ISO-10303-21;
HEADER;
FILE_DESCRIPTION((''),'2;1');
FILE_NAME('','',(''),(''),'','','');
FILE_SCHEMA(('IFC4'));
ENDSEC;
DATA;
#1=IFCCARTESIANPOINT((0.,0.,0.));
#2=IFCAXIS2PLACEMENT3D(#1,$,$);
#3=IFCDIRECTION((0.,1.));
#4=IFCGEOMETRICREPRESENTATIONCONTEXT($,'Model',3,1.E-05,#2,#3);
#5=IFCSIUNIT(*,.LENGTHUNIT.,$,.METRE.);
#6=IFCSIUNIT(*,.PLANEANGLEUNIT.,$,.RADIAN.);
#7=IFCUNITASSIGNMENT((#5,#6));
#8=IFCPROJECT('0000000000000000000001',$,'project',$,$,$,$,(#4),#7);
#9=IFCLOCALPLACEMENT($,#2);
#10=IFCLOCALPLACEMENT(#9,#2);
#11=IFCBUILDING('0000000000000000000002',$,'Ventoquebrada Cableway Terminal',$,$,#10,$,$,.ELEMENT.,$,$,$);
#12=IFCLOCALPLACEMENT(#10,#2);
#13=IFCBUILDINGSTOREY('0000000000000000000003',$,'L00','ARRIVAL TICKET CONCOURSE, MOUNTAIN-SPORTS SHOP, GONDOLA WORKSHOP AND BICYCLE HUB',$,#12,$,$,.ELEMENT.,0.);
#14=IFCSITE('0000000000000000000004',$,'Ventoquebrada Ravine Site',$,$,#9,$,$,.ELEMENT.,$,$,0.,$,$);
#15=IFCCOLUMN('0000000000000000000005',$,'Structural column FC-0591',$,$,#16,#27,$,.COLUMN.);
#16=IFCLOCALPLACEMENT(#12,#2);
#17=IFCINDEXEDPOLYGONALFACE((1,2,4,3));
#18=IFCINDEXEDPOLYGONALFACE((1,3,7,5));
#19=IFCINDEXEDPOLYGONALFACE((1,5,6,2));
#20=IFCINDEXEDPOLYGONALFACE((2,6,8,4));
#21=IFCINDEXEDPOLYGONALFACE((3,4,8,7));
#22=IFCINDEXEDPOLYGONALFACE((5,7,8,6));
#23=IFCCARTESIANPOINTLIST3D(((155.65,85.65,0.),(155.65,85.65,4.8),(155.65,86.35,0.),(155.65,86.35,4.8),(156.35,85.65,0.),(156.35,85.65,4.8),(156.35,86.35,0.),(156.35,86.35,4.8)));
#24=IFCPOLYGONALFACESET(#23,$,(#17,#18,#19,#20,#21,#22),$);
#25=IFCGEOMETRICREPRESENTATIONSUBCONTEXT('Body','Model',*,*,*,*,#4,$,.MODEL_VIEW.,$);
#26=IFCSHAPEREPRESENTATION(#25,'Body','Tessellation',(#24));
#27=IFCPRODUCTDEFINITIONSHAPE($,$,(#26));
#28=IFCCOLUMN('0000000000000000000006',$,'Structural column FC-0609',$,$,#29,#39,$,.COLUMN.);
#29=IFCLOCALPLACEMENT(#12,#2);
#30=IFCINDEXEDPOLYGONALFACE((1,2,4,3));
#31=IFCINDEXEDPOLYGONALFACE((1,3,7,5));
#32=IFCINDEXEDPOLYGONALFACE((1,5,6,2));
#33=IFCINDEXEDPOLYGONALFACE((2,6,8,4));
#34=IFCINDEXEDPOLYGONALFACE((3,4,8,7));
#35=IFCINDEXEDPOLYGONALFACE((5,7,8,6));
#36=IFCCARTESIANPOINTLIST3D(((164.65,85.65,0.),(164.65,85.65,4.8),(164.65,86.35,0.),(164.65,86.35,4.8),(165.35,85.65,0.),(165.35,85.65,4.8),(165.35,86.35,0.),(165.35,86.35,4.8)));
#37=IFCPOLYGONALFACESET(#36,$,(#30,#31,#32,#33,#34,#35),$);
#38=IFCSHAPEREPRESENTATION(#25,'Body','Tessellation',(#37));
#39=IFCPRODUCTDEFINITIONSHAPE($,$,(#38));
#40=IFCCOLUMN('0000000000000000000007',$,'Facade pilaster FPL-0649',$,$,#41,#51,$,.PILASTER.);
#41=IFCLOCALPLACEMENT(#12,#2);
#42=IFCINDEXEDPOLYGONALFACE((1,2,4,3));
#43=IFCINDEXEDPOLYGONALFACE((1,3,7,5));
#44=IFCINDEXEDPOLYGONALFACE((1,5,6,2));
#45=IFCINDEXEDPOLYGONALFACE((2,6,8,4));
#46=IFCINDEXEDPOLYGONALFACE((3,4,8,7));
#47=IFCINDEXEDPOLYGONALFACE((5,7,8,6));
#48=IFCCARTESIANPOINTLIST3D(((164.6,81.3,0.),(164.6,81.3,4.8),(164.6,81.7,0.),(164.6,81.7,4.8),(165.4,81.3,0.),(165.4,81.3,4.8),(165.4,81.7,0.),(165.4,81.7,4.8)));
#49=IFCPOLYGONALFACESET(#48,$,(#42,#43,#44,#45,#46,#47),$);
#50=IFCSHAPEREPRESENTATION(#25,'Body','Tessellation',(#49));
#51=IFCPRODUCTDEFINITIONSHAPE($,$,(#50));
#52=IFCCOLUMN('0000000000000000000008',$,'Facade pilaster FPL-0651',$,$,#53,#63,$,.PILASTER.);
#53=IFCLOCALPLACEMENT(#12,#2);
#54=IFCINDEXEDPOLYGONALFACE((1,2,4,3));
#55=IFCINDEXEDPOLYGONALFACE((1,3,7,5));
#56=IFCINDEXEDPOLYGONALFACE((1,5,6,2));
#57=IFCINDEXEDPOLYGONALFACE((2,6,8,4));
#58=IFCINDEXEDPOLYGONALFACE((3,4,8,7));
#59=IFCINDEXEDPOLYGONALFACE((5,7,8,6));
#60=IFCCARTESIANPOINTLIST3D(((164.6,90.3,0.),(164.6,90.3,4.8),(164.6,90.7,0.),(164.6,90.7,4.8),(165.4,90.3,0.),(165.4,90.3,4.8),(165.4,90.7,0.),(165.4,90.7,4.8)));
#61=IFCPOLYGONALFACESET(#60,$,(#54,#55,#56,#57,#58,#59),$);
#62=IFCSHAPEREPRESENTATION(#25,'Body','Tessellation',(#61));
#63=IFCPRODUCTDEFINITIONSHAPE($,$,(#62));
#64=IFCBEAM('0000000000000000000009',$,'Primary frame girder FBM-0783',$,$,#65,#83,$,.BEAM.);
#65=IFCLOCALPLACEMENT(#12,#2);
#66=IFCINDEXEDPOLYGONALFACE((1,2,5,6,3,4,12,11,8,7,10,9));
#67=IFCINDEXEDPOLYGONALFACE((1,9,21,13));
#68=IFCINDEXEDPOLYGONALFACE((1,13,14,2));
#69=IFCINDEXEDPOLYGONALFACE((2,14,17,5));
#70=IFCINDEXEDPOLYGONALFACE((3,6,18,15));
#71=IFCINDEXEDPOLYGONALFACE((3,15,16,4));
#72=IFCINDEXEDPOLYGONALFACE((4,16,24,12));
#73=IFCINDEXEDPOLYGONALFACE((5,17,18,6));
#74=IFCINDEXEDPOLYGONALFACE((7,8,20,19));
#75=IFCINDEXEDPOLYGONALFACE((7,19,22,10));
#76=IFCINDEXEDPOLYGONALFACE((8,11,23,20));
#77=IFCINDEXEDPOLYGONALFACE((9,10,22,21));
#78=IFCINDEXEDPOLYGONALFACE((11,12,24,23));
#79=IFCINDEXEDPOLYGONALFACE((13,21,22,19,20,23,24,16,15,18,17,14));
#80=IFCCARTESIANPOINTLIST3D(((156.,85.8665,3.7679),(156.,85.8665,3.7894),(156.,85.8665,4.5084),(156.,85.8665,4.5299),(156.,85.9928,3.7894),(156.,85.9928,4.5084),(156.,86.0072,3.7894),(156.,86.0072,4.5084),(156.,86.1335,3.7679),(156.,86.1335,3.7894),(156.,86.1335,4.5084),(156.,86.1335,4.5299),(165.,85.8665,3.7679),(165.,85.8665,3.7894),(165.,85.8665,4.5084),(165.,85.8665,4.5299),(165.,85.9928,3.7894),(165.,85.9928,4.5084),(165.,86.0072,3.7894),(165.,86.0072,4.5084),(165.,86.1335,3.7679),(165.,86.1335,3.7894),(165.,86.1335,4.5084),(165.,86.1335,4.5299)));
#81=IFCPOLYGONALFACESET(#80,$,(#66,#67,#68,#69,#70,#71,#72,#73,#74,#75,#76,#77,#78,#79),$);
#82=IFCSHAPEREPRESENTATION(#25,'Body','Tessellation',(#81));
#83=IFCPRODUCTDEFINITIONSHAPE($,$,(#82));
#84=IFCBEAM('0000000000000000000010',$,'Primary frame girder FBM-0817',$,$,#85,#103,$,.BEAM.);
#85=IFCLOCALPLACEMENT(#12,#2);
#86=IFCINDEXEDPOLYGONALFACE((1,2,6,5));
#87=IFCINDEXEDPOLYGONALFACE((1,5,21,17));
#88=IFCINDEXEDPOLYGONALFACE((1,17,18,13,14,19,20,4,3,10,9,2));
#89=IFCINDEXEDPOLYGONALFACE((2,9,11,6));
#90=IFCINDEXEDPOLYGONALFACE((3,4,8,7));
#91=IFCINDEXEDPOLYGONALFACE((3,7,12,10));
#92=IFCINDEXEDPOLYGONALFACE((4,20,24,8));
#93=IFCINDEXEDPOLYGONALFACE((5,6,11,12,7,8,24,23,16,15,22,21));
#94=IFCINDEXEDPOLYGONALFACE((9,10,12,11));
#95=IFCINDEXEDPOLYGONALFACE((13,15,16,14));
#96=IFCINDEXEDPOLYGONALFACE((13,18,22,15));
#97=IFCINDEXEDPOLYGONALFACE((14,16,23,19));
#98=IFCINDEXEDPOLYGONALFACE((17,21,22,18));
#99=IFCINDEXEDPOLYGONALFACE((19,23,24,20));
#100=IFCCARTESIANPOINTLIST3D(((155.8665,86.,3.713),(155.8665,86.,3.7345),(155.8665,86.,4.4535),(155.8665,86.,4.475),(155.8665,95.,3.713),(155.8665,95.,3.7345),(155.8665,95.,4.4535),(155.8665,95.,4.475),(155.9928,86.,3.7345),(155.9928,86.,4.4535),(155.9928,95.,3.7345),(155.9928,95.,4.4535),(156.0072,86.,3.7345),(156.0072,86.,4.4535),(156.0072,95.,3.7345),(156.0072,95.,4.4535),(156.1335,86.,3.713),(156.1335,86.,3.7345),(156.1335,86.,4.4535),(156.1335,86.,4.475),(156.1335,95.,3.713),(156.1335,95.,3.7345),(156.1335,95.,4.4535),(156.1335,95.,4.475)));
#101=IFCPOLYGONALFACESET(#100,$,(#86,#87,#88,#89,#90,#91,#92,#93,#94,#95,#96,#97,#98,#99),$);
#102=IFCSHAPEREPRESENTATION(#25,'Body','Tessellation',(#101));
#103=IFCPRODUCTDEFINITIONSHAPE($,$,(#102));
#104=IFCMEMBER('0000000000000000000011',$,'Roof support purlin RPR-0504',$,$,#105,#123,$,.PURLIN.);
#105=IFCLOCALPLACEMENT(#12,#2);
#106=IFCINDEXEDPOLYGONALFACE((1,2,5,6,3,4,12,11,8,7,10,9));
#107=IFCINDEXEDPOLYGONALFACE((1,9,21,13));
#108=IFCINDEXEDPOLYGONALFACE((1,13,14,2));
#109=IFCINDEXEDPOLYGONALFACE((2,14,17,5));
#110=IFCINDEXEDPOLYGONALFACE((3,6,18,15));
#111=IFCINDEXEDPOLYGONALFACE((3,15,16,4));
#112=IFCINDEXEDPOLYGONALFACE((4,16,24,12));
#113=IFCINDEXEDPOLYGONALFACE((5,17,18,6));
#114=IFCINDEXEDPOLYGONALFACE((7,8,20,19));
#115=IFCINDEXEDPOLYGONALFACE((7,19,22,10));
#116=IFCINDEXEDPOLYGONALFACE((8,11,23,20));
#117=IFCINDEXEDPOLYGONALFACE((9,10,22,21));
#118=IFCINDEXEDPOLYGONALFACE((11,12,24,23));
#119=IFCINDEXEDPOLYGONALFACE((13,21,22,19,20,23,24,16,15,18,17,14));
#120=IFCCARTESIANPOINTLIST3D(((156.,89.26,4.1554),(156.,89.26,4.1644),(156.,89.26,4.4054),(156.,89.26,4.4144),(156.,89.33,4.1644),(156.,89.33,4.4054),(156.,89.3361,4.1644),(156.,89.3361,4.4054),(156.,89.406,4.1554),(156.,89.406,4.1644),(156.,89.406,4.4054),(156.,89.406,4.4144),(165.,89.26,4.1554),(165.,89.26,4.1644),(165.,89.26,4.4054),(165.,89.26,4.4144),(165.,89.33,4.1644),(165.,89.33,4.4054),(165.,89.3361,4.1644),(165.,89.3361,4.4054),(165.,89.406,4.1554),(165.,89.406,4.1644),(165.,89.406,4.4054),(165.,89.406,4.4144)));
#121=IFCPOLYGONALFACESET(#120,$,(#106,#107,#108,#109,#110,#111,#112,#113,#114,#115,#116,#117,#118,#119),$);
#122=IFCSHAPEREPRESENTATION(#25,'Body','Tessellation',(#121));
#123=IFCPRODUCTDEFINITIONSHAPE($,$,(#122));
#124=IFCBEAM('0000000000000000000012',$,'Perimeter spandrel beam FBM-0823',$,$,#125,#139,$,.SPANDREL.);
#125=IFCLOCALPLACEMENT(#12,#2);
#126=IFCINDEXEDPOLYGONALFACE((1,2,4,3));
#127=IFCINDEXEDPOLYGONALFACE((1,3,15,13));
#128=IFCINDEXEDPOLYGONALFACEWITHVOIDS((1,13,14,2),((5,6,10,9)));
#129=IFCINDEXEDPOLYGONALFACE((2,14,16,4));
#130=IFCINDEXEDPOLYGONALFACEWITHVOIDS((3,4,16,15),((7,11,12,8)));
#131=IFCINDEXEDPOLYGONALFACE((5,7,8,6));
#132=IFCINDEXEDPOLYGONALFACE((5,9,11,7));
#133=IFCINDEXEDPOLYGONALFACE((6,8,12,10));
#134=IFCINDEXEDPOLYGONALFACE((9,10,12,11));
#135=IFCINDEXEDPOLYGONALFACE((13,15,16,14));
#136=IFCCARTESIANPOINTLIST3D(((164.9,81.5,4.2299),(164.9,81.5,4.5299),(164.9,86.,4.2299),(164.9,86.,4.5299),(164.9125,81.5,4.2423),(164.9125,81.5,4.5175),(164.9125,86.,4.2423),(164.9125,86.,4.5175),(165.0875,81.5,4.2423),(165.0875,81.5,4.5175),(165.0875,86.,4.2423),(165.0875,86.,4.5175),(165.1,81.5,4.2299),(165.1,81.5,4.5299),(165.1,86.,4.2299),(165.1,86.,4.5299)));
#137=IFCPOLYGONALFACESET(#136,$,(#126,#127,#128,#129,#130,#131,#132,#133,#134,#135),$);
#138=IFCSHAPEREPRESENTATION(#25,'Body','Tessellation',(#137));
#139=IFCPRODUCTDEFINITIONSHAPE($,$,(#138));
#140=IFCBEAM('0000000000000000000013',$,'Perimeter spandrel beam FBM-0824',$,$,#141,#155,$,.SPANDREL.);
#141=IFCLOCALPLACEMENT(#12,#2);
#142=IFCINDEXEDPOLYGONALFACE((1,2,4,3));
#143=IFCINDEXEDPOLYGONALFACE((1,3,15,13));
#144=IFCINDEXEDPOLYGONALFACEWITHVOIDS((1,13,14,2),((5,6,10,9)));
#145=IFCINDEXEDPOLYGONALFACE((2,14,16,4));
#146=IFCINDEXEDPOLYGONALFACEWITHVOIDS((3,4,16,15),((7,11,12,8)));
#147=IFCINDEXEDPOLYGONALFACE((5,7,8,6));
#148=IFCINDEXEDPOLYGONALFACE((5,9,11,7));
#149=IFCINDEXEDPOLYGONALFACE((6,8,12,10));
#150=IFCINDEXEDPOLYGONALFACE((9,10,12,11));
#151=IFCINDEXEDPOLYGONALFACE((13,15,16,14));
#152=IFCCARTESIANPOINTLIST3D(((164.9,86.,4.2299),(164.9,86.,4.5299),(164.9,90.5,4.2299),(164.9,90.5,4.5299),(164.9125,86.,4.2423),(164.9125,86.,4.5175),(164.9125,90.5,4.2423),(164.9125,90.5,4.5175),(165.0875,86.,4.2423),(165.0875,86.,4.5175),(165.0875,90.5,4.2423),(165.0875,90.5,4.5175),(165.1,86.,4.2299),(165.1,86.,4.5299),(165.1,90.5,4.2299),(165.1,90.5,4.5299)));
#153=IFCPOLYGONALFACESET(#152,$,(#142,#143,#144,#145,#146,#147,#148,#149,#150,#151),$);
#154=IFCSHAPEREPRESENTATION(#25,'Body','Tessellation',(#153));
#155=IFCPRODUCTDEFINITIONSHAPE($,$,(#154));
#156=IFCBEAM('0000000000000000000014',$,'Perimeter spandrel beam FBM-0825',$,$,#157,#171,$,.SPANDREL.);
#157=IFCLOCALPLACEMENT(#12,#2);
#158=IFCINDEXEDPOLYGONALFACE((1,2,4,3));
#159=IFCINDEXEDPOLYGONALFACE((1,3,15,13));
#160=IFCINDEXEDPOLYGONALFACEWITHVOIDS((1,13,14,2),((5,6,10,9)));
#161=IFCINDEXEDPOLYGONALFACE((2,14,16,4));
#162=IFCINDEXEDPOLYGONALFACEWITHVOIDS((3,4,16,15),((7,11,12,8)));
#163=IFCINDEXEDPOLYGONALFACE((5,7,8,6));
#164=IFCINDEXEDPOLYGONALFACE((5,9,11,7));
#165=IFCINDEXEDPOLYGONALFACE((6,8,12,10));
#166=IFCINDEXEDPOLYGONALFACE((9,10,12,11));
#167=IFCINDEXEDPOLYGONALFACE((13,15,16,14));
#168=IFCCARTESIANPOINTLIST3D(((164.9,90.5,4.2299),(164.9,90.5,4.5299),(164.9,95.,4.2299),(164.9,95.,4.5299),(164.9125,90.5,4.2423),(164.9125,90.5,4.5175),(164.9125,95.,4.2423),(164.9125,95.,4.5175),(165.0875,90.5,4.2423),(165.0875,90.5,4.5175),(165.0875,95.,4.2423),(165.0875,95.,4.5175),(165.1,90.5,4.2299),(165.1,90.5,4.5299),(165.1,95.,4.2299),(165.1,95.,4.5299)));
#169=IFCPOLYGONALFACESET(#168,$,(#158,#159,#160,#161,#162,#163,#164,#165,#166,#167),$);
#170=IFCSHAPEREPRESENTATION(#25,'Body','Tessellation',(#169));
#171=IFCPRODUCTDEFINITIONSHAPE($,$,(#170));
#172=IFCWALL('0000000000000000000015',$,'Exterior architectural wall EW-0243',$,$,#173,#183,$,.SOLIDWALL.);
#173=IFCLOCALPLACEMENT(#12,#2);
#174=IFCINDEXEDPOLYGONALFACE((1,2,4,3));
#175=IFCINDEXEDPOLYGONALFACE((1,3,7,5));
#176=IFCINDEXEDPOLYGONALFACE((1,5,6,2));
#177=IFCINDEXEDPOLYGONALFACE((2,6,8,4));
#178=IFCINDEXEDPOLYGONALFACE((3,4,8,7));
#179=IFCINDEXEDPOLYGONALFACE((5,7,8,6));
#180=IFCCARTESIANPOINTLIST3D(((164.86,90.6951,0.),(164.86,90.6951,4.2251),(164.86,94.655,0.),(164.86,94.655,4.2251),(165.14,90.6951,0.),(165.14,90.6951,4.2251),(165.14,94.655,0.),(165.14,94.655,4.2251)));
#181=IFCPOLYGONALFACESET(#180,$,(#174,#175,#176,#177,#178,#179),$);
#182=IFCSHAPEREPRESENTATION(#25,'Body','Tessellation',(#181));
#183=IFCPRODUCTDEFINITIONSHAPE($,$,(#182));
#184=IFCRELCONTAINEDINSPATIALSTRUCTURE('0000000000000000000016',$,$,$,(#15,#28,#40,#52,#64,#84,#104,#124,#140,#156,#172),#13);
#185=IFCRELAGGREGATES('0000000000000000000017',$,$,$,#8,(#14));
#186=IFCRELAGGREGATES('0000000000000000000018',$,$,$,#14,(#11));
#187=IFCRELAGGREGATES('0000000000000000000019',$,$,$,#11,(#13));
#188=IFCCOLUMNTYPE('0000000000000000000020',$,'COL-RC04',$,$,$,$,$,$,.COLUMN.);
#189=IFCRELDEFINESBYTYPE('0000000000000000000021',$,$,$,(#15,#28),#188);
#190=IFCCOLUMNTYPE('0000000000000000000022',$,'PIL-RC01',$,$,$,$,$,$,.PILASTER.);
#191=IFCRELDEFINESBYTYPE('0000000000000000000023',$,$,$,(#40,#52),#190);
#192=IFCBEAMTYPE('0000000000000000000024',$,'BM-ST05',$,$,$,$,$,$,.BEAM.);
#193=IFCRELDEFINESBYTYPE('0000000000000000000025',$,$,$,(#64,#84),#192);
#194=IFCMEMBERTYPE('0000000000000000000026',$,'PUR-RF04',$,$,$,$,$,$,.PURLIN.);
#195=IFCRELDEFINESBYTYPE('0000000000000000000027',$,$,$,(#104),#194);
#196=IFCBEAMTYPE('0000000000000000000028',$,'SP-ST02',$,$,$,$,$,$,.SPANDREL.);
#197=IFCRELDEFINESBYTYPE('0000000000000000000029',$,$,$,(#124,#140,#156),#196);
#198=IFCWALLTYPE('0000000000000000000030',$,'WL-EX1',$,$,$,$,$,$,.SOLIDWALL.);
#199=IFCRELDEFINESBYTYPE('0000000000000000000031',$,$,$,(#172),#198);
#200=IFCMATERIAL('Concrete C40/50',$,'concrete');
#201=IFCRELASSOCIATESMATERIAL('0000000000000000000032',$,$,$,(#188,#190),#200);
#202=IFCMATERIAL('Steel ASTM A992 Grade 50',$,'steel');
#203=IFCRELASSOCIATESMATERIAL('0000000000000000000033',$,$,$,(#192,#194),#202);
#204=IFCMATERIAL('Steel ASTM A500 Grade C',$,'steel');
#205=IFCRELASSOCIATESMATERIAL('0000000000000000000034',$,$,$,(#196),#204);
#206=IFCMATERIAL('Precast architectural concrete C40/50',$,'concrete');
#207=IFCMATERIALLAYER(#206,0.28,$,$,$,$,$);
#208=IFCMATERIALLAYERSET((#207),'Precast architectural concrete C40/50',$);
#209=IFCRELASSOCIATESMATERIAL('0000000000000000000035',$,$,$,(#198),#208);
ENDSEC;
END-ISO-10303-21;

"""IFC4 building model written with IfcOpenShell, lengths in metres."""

from ifc_helpers import new_model, si_unit, direction, frame, frame_2d, origin, origin_2d, place, context, subcontext, project, spatial, rectangle, hollow_rectangle, i_section, extrude, material, layer, layer_set, material_profile, profile_set, type_object, element, save


model = new_model("IFC4")

# Units and contexts
model_context = context("Model", 3, precision=1e-05, world=origin(), true_north=direction((0.0, 1.0)))
body_context = subcontext(model_context, "Body", "Model", "MODEL_VIEW")
ifc_project = project(units=[si_unit("LENGTHUNIT", "METRE"), si_unit("PLANEANGLEUNIT", "RADIAN")], contexts=[model_context])

# Site, building, storey
site_placement = place(None, origin())
site = spatial("IfcSite", under=ifc_project, at=site_placement, Name="Ventoquebrada Ravine Site", CompositionType="ELEMENT", RefElevation=0.0)
building_placement = place(site_placement, origin())
building = spatial("IfcBuilding", under=site, at=building_placement, Name="Ventoquebrada Cableway Terminal", CompositionType="ELEMENT")
storey_placement = place(building_placement, origin())
storey = spatial("IfcBuildingStorey", under=building, at=storey_placement, Name="L00", Description="ARRIVAL TICKET CONCOURSE, MOUNTAIN-SPORTS SHOP, GONDOLA WORKSHOP AND BICYCLE HUB", CompositionType="ELEMENT", Elevation=0.0)

# Columns
ifc_material_1 = material(Name="Concrete C40/50", Category="concrete")
ifc_material_profile_1 = material_profile(ifc_material_1, rectangle(XDim=0.7, YDim=0.7, at=origin_2d()), Name="RC-COL-700X700")
ifc_profile_set_1 = profile_set([ifc_material_profile_1], Name="Concrete C40/50")
column_type_1 = type_object("IfcColumnType", Name="COL-RC04", PredefinedType="COLUMN", material=ifc_profile_set_1)
for number, where, z_axis, x_axis, name in (
    (1, (156.0, 86.0, 0.0), (0.0, 0.0, 1.0), (1.0, 0.0, 0.0), "Structural column FC-0591"),
    (2, (165.0, 86.0, 0.0), (0.0, 0.0, 1.0), (1.0, 0.0, 0.0), "Structural column FC-0609"),
):
    element("IfcColumn", number, at=place(storey_placement, frame(where, z_axis=z_axis, x_axis=x_axis)), inside=storey, type_object=column_type_1, Name=name, PredefinedType="COLUMN", context=body_context, shape_type="SweptSolid", body=[
        extrude(rectangle(XDim=0.7, YDim=0.7, at=origin_2d()), origin(), (0.0, 0.0, 1.0), 4.8),
    ])
ifc_material_profile_2 = material_profile(ifc_material_1, rectangle(XDim=0.3999, YDim=0.8, at=origin_2d()), Name="RC-PIL-400X800")
ifc_profile_set_2 = profile_set([ifc_material_profile_2], Name="Concrete C40/50")
column_type_2 = type_object("IfcColumnType", Name="PIL-RC01", PredefinedType="PILASTER", material=ifc_profile_set_2)
for number, where, z_axis, x_axis, name in (
    (3, (165.0, 81.5, 0.0), (0.0, 0.0, 1.0), (0.0, 1.0, 0.0), "Facade pilaster FPL-0649"),
    (4, (165.0, 90.5, 0.0), (0.0, 0.0, 1.0), (0.0, 1.0, 0.0), "Facade pilaster FPL-0651"),
):
    element("IfcColumn", number, at=place(storey_placement, frame(where, z_axis=z_axis, x_axis=x_axis)), inside=storey, type_object=column_type_2, Name=name, PredefinedType="PILASTER", context=body_context, shape_type="SweptSolid", body=[
        extrude(rectangle(XDim=0.3999, YDim=0.8, at=origin_2d()), origin(), (0.0, 0.0, 1.0), 4.8),
    ])

# Beams
ifc_material_2 = material(Name="Steel ASTM A992 Grade 50", Category="steel")
ifc_material_profile_3 = material_profile(ifc_material_2, i_section(OverallWidth=0.2671, OverallDepth=0.762, WebThickness=0.0144, FlangeThickness=0.0215, at=origin_2d()), Name="W30X116")
ifc_profile_set_3 = profile_set([ifc_material_profile_3], Name="Steel ASTM A992 Grade 50")
beam_type_1 = type_object("IfcBeamType", Name="BM-ST05", PredefinedType="BEAM", material=ifc_profile_set_3)
for number, where, z_axis, x_axis, name in (
    (5, (156.0, 86.0, 4.1489), (1.0, 0.0, 0.0), (0.0, 1.0, 0.0), "Primary frame girder FBM-0783"),
    (6, (156.0, 86.0, 4.094), (0.0, 1.0, 0.0), (-1.0, 0.0, 0.0), "Primary frame girder FBM-0817"),
):
    element("IfcBeam", number, at=place(storey_placement, frame(where, z_axis=z_axis, x_axis=x_axis)), inside=storey, type_object=beam_type_1, Name=name, PredefinedType="BEAM", context=body_context, shape_type="SweptSolid", body=[
        extrude(i_section(OverallWidth=0.2671, OverallDepth=0.762, WebThickness=0.0144, FlangeThickness=0.0215, at=origin_2d()), origin(), (0.0, 0.0, 1.0), 9.0),
    ])

# Member
ifc_material_profile_4 = material_profile(ifc_material_2, i_section(OverallWidth=0.146, OverallDepth=0.259, WebThickness=0.0061, FlangeThickness=0.009, at=origin_2d()), Name="W10X22")
ifc_profile_set_4 = profile_set([ifc_material_profile_4], Name="Steel ASTM A992 Grade 50")
member_type = type_object("IfcMemberType", Name="PUR-RF04", PredefinedType="PURLIN", material=ifc_profile_set_4)
member_placement = place(storey_placement, frame((156.0, 89.333, 4.2849), z_axis=(1.0, 0.0, 0.0), x_axis=(0.0, 1.0, 0.0)))
element("IfcMember", 7, at=member_placement, inside=storey, type_object=member_type, Name="Roof support purlin RPR-0504", PredefinedType="PURLIN", context=body_context, shape_type="SweptSolid", body=[
    extrude(i_section(OverallWidth=0.146, OverallDepth=0.259, WebThickness=0.0061, FlangeThickness=0.009, at=origin_2d()), origin(), (0.0, 0.0, 1.0), 9.0),
])

# Beams
ifc_material_3 = material(Name="Steel ASTM A500 Grade C", Category="steel")
ifc_material_profile_5 = material_profile(ifc_material_3, hollow_rectangle(XDim=0.2, YDim=0.3, WallThickness=0.0125, at=origin_2d()), Name="RHS300X200X12.5")
ifc_profile_set_5 = profile_set([ifc_material_profile_5], Name="Steel ASTM A500 Grade C")
beam_type_2 = type_object("IfcBeamType", Name="SP-ST02", PredefinedType="SPANDREL", material=ifc_profile_set_5)
for number, where, z_axis, x_axis, name in (
    (8, (165.0, 81.5, 4.3799), (0.0, 1.0, 0.0), (-1.0, 0.0, 0.0), "Perimeter spandrel beam FBM-0823"),
    (9, (165.0, 86.0, 4.3799), (0.0, 1.0, 0.0), (-1.0, 0.0, 0.0), "Perimeter spandrel beam FBM-0824"),
    (10, (165.0, 90.5, 4.3799), (0.0, 1.0, 0.0), (-1.0, 0.0, 0.0), "Perimeter spandrel beam FBM-0825"),
):
    element("IfcBeam", number, at=place(storey_placement, frame(where, z_axis=z_axis, x_axis=x_axis)), inside=storey, type_object=beam_type_2, Name=name, PredefinedType="SPANDREL", context=body_context, shape_type="SweptSolid", body=[
        extrude(hollow_rectangle(XDim=0.2, YDim=0.3, WallThickness=0.0125, at=origin_2d()), origin(), (0.0, 0.0, 1.0), 4.5),
    ])

# Wall
ifc_material_4 = material(Name="Precast architectural concrete C40/50", Category="concrete")
ifc_layer_1 = layer(ifc_material_4, 0.28)
ifc_layer_set_1 = layer_set([ifc_layer_1], Name="Precast architectural concrete C40/50")
wall_type_1 = type_object("IfcWallType", Name="WL-EX1", PredefinedType="SOLIDWALL", material=ifc_layer_set_1)
wall_1_placement = place(storey_placement, frame((165.0, 90.6951, 0.0), z_axis=(0.0, 0.0, 1.0), x_axis=(0.0, 1.0, 0.0)))
element("IfcWall", 11, at=wall_1_placement, inside=storey, type_object=wall_type_1, Name="Exterior architectural wall EW-0243", PredefinedType="SOLIDWALL", context=body_context, shape_type="SweptSolid", body=[
    extrude(rectangle(XDim=3.96, YDim=0.28, at=frame_2d((1.98, 0.0))), origin(), (0.0, 0.0, 1.0), 4.2251),
])

save(model, "model.ifc")
